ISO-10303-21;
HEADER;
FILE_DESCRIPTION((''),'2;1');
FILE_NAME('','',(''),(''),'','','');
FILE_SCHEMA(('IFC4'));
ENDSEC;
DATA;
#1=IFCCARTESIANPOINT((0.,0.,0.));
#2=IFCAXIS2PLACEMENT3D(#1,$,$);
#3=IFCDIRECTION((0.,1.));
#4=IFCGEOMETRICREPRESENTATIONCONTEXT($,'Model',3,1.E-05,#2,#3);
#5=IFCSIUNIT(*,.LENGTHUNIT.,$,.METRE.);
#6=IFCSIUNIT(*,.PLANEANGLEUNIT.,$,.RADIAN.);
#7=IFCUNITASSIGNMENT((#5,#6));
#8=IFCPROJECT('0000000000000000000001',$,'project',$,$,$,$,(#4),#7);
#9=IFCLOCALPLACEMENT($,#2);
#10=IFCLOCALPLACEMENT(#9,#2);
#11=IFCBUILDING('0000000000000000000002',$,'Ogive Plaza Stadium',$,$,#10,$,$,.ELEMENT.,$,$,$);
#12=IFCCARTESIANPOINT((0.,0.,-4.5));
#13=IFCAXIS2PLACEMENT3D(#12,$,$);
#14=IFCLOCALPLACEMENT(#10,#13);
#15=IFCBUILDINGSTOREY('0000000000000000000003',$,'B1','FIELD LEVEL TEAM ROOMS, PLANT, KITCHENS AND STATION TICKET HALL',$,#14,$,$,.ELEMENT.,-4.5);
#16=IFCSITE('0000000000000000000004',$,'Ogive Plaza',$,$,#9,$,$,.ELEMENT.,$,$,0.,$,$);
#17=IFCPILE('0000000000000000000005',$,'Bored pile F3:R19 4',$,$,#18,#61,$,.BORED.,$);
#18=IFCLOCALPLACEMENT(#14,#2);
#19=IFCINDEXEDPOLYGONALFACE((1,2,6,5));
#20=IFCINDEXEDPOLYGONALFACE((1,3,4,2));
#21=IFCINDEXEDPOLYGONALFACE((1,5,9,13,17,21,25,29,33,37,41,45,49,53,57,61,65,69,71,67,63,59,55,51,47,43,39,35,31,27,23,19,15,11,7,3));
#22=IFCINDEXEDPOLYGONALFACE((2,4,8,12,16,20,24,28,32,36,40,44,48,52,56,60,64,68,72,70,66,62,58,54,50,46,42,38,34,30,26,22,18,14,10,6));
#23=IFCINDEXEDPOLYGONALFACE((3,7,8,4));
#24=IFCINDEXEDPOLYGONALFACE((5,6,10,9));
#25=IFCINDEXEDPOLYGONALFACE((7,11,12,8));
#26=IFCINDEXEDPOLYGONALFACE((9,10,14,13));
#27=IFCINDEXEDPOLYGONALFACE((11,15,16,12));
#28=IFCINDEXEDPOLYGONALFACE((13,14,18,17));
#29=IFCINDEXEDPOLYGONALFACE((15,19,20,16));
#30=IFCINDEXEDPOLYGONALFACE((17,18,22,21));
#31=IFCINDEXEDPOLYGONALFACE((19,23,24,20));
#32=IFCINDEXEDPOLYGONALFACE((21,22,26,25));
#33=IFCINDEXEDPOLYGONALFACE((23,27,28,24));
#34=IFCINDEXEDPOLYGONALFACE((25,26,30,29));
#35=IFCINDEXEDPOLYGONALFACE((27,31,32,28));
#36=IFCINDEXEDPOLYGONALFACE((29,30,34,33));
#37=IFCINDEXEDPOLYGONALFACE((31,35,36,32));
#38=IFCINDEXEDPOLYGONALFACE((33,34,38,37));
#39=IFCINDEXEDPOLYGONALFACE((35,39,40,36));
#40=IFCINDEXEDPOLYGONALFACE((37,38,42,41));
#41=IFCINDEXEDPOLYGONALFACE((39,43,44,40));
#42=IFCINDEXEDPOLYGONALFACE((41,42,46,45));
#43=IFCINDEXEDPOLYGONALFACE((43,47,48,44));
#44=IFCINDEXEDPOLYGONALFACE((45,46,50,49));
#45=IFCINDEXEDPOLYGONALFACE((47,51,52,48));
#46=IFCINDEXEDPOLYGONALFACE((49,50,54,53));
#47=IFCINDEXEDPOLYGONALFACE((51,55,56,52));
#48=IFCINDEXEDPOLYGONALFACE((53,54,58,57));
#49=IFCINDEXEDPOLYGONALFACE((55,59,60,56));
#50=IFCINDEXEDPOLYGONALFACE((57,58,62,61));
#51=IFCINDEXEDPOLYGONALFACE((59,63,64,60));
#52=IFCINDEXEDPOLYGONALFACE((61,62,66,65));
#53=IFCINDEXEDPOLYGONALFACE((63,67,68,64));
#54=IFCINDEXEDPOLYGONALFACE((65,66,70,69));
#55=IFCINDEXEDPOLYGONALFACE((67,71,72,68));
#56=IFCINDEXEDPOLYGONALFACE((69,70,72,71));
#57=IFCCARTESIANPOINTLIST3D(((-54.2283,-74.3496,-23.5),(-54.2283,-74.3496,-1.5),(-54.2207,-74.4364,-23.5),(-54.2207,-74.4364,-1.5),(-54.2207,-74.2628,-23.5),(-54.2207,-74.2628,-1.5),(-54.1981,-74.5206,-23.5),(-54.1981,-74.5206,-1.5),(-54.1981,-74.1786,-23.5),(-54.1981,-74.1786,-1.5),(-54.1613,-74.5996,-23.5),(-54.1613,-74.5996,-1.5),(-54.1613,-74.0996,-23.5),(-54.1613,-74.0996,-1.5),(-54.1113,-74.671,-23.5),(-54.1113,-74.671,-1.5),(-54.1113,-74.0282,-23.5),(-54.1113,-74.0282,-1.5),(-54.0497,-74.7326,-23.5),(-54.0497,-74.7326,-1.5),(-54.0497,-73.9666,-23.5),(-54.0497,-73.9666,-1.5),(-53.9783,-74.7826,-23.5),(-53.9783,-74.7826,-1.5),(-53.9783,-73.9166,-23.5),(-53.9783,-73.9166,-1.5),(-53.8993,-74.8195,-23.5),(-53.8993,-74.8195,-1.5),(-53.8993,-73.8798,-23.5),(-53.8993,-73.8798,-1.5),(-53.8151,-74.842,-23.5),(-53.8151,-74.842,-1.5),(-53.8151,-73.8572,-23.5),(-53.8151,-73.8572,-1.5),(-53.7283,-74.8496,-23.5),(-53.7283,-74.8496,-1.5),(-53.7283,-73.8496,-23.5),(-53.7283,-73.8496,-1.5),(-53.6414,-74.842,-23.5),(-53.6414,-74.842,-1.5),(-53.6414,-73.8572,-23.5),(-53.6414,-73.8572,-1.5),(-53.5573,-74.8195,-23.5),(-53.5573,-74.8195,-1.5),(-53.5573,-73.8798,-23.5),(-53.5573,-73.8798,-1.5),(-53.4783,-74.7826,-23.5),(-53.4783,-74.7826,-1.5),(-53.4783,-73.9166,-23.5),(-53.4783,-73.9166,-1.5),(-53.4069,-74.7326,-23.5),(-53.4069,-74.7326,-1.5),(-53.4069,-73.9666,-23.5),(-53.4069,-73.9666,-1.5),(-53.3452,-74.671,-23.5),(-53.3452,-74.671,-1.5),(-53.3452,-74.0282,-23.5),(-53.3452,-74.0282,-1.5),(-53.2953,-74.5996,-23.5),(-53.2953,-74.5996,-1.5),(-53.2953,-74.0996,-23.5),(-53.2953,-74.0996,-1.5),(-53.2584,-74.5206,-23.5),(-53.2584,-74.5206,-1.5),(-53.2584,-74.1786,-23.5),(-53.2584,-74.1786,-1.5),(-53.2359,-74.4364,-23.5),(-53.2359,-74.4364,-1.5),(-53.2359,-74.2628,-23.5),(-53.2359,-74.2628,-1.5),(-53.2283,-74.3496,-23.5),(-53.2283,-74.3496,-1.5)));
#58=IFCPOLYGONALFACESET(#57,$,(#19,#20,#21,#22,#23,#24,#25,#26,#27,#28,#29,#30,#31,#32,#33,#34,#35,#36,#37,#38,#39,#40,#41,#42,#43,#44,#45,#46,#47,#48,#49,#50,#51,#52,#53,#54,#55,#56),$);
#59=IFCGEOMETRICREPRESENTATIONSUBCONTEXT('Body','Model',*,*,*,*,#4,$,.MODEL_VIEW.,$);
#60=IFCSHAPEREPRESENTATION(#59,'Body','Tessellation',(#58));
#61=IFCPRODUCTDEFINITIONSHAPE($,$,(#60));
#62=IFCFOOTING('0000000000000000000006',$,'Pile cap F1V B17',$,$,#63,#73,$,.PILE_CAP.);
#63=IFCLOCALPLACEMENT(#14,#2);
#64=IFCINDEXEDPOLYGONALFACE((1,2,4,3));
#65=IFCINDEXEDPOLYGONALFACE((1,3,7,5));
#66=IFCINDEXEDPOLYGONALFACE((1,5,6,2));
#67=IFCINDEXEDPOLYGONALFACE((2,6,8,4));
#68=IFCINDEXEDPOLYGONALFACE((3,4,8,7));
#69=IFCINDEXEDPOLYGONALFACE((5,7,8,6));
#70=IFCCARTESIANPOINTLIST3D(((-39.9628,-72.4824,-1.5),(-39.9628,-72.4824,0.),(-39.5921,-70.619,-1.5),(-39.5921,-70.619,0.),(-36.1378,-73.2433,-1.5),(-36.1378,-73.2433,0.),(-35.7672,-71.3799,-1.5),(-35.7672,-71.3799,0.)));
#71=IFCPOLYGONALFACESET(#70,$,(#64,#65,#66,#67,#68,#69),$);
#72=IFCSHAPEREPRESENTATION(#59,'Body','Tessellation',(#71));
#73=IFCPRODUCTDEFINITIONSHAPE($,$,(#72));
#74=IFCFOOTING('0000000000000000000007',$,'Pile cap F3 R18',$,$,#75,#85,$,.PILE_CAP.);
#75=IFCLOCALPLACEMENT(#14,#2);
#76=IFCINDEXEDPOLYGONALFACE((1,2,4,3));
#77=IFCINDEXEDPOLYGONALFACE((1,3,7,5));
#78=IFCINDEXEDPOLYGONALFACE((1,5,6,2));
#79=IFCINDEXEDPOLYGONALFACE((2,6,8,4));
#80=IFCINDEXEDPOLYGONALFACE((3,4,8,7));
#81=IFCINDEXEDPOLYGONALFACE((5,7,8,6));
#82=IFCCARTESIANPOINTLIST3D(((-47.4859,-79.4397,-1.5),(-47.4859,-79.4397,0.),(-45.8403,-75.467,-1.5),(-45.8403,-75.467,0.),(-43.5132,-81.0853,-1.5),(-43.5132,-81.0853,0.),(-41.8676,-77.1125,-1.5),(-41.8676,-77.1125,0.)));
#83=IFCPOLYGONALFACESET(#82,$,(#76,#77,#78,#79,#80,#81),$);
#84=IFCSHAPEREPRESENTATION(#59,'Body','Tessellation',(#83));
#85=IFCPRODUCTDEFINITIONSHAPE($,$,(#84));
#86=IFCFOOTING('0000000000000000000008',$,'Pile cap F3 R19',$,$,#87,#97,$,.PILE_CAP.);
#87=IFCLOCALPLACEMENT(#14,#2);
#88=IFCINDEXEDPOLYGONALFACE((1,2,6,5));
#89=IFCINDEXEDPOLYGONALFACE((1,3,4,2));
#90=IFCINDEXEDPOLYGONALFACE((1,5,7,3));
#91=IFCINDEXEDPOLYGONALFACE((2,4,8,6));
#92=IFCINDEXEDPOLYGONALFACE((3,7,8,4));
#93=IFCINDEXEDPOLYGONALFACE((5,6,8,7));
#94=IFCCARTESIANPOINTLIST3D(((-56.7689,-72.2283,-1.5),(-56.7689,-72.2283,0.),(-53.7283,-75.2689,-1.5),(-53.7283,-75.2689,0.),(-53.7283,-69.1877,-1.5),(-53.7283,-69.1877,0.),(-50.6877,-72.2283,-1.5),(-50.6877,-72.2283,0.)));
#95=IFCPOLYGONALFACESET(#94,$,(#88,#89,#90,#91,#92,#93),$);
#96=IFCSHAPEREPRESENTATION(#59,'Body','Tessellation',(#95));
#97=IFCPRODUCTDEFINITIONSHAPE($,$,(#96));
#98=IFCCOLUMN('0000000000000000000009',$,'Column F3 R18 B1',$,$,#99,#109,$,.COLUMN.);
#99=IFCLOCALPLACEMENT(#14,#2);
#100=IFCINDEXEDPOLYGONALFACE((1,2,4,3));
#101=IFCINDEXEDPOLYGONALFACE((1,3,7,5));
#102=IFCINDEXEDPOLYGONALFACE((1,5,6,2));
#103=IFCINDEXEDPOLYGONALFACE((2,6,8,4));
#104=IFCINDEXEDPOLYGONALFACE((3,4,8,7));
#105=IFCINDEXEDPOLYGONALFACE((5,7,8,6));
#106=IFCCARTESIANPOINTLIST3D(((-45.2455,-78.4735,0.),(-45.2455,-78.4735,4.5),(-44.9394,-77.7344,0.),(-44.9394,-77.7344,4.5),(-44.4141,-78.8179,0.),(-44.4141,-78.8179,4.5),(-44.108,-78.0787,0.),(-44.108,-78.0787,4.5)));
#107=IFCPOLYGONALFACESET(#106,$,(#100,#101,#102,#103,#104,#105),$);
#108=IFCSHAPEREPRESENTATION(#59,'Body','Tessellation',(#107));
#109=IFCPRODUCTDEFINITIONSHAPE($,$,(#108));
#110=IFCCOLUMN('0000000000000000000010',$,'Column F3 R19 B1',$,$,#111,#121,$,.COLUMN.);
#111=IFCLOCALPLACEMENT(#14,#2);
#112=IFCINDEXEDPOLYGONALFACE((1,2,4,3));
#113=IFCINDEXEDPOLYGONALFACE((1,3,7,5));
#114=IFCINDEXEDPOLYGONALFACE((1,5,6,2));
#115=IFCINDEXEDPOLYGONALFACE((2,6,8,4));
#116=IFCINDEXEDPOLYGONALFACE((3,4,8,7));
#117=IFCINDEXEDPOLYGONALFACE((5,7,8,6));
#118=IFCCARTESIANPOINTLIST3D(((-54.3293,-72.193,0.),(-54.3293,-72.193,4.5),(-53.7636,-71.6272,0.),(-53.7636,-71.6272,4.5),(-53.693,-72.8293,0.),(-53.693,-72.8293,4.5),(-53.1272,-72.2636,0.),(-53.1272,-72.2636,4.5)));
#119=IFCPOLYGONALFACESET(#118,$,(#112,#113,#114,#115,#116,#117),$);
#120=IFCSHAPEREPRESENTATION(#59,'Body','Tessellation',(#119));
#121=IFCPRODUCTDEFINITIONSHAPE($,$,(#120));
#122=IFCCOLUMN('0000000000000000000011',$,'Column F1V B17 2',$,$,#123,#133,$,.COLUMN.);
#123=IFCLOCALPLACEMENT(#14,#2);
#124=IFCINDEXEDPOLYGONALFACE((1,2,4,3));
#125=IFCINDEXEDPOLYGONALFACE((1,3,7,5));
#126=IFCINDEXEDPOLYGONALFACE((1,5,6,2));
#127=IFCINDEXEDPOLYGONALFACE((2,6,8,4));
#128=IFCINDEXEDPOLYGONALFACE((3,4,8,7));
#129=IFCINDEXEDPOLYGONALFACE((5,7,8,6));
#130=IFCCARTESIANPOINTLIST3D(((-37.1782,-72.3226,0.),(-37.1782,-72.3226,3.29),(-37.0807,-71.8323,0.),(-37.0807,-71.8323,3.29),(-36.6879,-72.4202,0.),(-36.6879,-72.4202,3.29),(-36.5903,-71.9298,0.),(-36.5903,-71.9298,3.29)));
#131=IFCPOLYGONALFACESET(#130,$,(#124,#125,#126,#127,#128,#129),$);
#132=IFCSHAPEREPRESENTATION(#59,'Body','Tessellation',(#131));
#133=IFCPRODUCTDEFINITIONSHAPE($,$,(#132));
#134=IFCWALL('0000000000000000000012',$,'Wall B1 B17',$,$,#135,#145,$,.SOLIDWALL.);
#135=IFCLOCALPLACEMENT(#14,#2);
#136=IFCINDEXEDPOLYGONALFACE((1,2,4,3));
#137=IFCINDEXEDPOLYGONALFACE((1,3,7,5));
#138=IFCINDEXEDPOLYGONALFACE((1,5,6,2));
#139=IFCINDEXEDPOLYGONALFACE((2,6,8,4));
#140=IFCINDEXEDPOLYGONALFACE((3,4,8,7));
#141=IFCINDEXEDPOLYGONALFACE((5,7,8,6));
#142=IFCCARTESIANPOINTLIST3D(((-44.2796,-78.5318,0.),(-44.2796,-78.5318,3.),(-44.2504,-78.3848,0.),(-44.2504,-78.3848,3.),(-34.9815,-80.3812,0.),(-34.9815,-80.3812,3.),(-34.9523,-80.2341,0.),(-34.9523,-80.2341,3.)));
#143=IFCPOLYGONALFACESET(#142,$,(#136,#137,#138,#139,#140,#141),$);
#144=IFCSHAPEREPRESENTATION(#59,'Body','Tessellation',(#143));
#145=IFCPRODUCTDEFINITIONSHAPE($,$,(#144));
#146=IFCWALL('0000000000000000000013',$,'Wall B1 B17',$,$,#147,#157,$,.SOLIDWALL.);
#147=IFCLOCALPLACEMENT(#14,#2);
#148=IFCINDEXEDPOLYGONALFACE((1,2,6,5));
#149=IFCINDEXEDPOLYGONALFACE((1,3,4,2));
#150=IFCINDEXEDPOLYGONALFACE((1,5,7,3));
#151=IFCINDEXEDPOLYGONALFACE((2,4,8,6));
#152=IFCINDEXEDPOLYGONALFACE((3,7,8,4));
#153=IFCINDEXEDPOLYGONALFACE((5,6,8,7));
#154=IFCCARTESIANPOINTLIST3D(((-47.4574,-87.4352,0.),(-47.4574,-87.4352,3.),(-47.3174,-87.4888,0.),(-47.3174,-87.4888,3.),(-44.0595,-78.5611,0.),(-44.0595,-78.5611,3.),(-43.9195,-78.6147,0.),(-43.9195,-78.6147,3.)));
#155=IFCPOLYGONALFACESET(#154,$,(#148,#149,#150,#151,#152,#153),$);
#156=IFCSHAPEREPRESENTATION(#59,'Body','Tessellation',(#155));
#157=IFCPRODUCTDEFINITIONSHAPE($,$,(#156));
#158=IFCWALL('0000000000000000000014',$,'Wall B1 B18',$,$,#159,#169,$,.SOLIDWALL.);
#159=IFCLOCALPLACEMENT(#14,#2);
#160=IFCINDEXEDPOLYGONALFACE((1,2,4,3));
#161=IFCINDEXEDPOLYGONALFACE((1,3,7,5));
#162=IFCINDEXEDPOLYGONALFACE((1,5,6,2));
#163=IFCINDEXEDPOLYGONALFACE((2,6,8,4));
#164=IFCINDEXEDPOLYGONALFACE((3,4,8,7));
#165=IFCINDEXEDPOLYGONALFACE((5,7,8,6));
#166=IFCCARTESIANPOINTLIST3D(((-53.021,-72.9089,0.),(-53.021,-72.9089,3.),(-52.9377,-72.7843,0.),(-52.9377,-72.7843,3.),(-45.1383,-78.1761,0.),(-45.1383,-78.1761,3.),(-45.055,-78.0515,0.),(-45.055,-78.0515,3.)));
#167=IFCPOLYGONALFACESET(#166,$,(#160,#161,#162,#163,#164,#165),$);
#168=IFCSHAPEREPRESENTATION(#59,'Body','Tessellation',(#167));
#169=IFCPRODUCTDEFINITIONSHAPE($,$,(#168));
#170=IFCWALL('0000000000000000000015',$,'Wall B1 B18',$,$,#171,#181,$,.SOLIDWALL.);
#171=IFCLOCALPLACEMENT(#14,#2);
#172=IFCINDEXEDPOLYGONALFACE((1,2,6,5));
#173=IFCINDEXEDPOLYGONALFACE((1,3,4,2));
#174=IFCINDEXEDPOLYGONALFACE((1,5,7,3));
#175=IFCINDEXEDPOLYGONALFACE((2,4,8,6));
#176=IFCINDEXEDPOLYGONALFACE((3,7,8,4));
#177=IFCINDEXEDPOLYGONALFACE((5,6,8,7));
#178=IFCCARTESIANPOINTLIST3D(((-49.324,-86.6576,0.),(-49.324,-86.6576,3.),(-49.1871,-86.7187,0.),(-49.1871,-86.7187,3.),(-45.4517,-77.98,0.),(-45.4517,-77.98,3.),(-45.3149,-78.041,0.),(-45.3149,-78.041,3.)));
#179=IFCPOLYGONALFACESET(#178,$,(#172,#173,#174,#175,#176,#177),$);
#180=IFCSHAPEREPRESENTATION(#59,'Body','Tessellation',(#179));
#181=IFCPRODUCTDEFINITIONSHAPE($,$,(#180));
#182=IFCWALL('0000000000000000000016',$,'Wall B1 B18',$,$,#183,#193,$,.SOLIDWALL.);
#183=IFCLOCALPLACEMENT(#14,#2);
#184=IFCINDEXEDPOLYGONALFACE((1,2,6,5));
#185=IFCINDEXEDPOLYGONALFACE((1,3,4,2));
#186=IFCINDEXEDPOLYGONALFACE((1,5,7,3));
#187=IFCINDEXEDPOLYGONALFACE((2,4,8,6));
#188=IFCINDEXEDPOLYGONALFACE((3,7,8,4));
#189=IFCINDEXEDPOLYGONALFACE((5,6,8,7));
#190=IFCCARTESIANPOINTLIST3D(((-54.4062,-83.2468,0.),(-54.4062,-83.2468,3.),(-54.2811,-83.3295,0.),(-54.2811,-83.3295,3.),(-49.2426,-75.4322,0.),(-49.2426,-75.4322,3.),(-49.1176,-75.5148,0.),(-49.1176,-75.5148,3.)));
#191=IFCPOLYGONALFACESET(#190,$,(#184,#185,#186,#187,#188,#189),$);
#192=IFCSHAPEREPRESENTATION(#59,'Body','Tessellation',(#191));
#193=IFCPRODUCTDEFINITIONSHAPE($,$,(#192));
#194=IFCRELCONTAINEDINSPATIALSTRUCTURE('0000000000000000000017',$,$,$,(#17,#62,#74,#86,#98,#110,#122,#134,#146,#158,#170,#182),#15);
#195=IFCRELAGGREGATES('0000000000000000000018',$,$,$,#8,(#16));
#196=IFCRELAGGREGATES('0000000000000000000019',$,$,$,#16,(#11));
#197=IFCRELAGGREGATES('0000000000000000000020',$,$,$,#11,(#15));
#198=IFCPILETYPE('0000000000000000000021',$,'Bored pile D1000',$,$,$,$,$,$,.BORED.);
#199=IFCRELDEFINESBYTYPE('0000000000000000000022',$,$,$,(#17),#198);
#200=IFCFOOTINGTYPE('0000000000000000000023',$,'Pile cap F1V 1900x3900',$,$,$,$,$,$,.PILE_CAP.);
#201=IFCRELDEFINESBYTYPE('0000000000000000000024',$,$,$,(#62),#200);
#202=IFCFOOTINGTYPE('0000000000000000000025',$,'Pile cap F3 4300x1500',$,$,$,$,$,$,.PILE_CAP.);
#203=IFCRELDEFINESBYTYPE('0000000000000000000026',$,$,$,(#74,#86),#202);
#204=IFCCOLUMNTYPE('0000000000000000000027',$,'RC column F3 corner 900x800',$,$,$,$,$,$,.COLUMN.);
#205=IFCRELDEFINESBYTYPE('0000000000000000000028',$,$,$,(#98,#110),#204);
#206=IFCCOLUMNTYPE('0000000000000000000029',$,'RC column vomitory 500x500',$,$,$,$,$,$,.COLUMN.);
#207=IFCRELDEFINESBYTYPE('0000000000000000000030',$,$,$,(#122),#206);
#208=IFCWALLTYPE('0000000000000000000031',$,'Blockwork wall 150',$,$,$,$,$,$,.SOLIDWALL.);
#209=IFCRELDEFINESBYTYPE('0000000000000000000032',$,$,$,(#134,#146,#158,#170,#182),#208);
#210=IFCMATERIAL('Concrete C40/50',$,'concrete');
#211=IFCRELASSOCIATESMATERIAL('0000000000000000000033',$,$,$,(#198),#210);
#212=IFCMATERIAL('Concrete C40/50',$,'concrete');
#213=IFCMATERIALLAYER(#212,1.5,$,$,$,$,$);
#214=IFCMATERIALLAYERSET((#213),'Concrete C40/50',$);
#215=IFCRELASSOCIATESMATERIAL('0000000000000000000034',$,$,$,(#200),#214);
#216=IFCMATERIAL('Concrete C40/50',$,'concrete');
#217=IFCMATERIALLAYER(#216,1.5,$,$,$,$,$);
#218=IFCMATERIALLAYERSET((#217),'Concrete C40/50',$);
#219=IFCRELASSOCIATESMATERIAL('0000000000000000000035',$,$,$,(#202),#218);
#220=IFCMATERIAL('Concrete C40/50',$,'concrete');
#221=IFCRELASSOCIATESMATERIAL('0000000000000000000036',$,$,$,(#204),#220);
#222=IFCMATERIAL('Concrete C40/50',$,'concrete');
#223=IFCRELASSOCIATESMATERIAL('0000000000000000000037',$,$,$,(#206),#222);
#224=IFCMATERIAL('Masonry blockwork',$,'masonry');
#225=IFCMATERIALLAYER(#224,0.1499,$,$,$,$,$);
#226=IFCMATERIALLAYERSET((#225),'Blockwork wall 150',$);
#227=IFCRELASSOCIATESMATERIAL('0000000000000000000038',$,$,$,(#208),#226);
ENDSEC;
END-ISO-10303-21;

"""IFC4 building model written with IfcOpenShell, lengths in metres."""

from ifc_helpers import new_model, si_unit, direction, frame, frame_2d, origin, origin_2d, place, context, subcontext, project, spatial, rectangle, circle, extrude, material, layer, layer_set, material_profile, profile_set, type_object, element, save


model = new_model("IFC4")

# Units and contexts
model_context = context("Model", 3, precision=1e-05, world=origin(), true_north=direction((0.0, 1.0)))
body_context = subcontext(model_context, "Body", "Model", "MODEL_VIEW")
ifc_project = project(units=[si_unit("LENGTHUNIT", "METRE"), si_unit("PLANEANGLEUNIT", "RADIAN")], contexts=[model_context])

# Site, building, storey
site_placement = place(None, origin())
site = spatial("IfcSite", under=ifc_project, at=site_placement, Name="Ogive Plaza", CompositionType="ELEMENT", RefElevation=0.0)
building_placement = place(site_placement, origin())
building = spatial("IfcBuilding", under=site, at=building_placement, Name="Ogive Plaza Stadium", CompositionType="ELEMENT")
storey_placement = place(building_placement, frame((0.0, 0.0, -4.5)))
storey = spatial("IfcBuildingStorey", under=building, at=storey_placement, Name="B1", Description="FIELD LEVEL TEAM ROOMS, PLANT, KITCHENS AND STATION TICKET HALL", CompositionType="ELEMENT", Elevation=-4.5)

# Pile
ifc_material_1 = material(Name="Concrete C40/50", Category="concrete")
ifc_material_profile_1 = material_profile(ifc_material_1, circle(Radius=0.5, at=origin_2d()), Name="RC D1000")
ifc_profile_set_1 = profile_set([ifc_material_profile_1], Name="Concrete C40/50")
pile_type = type_object("IfcPileType", Name="Bored pile D1000", PredefinedType="BORED", material=ifc_profile_set_1)
for number, where, z_axis, x_axis, name in (
    (1, (-53.7283, -74.3496, -1.5), (0.0, 0.0, -1.0), (1.0, 0.0, 0.0), "Bored pile F3:R19 4"),
):
    element("IfcPile", number, at=place(storey_placement, frame(where, z_axis=z_axis, x_axis=x_axis)), inside=storey, type_object=pile_type, Name=name, PredefinedType="BORED", context=body_context, shape_type="SweptSolid", body=[
        extrude(circle(Radius=0.5, at=origin_2d()), origin(), (0.0, 0.0, 1.0), 22.0),
    ])

# Footings
ifc_material_2 = material(Name="Concrete C40/50", Category="concrete")
ifc_layer_1 = layer(ifc_material_2, 1.5)
ifc_layer_set_1 = layer_set([ifc_layer_1], Name="Concrete C40/50")
footing_type_1 = type_object("IfcFootingType", Name="Pile cap F1V 1900x3900", PredefinedType="PILE_CAP", material=ifc_layer_set_1)
footing_placement = place(storey_placement, frame((-37.865, -71.9312, -1.5), z_axis=(0.0, 0.0, 1.0), x_axis=(-0.19509, -0.980785, 0.0)))
element("IfcFooting", 2, at=footing_placement, inside=storey, type_object=footing_type_1, Name="Pile cap F1V B17", PredefinedType="PILE_CAP", context=body_context, shape_type="SweptSolid", body=[
    extrude(rectangle(XDim=1.8999, YDim=3.8999, at=origin_2d()), origin(), (0.0, 0.0, 1.0), 1.5),
])
ifc_material_3 = material(Name="Concrete C40/50", Category="concrete")
ifc_layer_2 = layer(ifc_material_3, 1.5)
ifc_layer_set_2 = layer_set([ifc_layer_2], Name="Concrete C40/50")
footing_type_2 = type_object("IfcFootingType", Name="Pile cap F3 4300x1500", PredefinedType="PILE_CAP", material=ifc_layer_set_2)
for number, where, z_axis, x_axis, name in (
    (3, (-44.6768, -78.2761, -1.5), (0.0, 0.0, 1.0), (-0.382683, -0.92388, 0.0), "Pile cap F3 R18"),
    (4, (-53.7283, -72.2283, -1.5), (0.0, 0.0, 1.0), (-0.707107, -0.707107, 0.0), "Pile cap F3 R19"),
):
    element("IfcFooting", number, at=place(storey_placement, frame(where, z_axis=z_axis, x_axis=x_axis)), inside=storey, type_object=footing_type_2, Name=name, PredefinedType="PILE_CAP", context=body_context, shape_type="SweptSolid", body=[
        extrude(rectangle(XDim=4.3, YDim=4.3, at=origin_2d()), origin(), (0.0, 0.0, 1.0), 1.5),
    ])

# Columns
ifc_material_4 = material(Name="Concrete C40/50", Category="concrete")
ifc_material_profile_2 = material_profile(ifc_material_4, rectangle(XDim=0.8999, YDim=0.8, at=origin_2d()), Name="RC 900x800")
ifc_profile_set_2 = profile_set([ifc_material_profile_2], Name="Concrete C40/50")
column_type_1 = type_object("IfcColumnType", Name="RC column F3 corner 900x800", PredefinedType="COLUMN", material=ifc_profile_set_2)
for number, where, z_axis, x_axis, name in (
    (5, (-44.6768, -78.2761, 0.0), (0.0, 0.0, 1.0), (0.92388, -0.382683, 0.0), "Column F3 R18 B1"),
    (6, (-53.7283, -72.2283, 0.0), (0.0, 0.0, 1.0), (0.707107, -0.707107, 0.0), "Column F3 R19 B1"),
):
    element("IfcColumn", number, at=place(storey_placement, frame(where, z_axis=z_axis, x_axis=x_axis)), inside=storey, type_object=column_type_1, Name=name, PredefinedType="COLUMN", context=body_context, shape_type="SweptSolid", body=[
        extrude(rectangle(XDim=0.8999, YDim=0.8, at=origin_2d()), origin(), (0.0, 0.0, 1.0), 4.5),
    ])
ifc_material_5 = material(Name="Concrete C40/50", Category="concrete")
ifc_material_profile_3 = material_profile(ifc_material_5, rectangle(XDim=0.5, YDim=0.5, at=origin_2d()), Name="RC 500x500")
ifc_profile_set_3 = profile_set([ifc_material_profile_3], Name="Concrete C40/50")
column_type_2 = type_object("IfcColumnType", Name="RC column vomitory 500x500", PredefinedType="COLUMN", material=ifc_profile_set_3)
column_placement = place(storey_placement, frame((-36.8843, -72.1262, 0.0), z_axis=(0.0, 0.0, 1.0), x_axis=(0.980785, -0.19509, 0.0)))
element("IfcColumn", 7, at=column_placement, inside=storey, type_object=column_type_2, Name="Column F1V B17 2", PredefinedType="COLUMN", context=body_context, shape_type="SweptSolid", body=[
    extrude(rectangle(XDim=0.5, YDim=0.5, at=origin_2d()), origin(), (0.0, 0.0, 1.0), 3.29),
])

# Walls
ifc_material_6 = material(Name="Masonry blockwork", Category="masonry")
ifc_layer_3 = layer(ifc_material_6, 0.1499)
ifc_layer_set_3 = layer_set([ifc_layer_3], Name="Blockwork wall 150")
wall_type = type_object("IfcWallType", Name="Blockwork wall 150", PredefinedType="SOLIDWALL", material=ifc_layer_set_3)
wall_1_placement = place(storey_placement, frame((-44.2651, -78.4583, 0.0), z_axis=(0.0, 0.0, 1.0), x_axis=(0.980788, -0.195076, 0.0)))
element("IfcWall", 8, at=wall_1_placement, inside=storey, type_object=wall_type, Name="Wall B1 B17", PredefinedType="SOLIDWALL", context=body_context, shape_type="SweptSolid", body=[
    extrude(rectangle(XDim=9.4802, YDim=0.1499, at=frame_2d((4.7402, 0.0))), origin(), (0.0, 0.0, 1.0), 3.0),
])
wall_2_placement = place(storey_placement, frame((-43.9895, -78.5879, 0.0), z_axis=(0.0, 0.0, 1.0), x_axis=(-0.357582, -0.933882, 0.0)))
element("IfcWall", 9, at=wall_2_placement, inside=storey, type_object=wall_type, Name="Wall B1 B17", PredefinedType="SOLIDWALL", context=body_context, shape_type="SweptSolid", body=[
    extrude(rectangle(XDim=9.5024, YDim=0.1499, at=frame_2d((4.7512, 0.0))), origin(), (0.0, 0.0, 1.0), 3.0),
])
wall_3_placement = place(storey_placement, frame((-45.0967, -78.1138, 0.0), z_axis=(0.0, 0.0, 1.0), x_axis=(-0.831463, 0.555579, 0.0)))
element("IfcWall", 10, at=wall_3_placement, inside=storey, type_object=wall_type, Name="Wall B1 B18", PredefinedType="SOLIDWALL", context=body_context, shape_type="SweptSolid", body=[
    extrude(rectangle(XDim=9.4805, YDim=0.1499, at=frame_2d((4.7402, 0.0))), origin(), (0.0, 0.0, 1.0), 3.0),
])
wall_4_placement = place(storey_placement, frame((-45.3833, -78.0105, 0.0), z_axis=(0.0, 0.0, 1.0), x_axis=(-0.407504, -0.913203, 0.0)))
element("IfcWall", 11, at=wall_4_placement, inside=storey, type_object=wall_type, Name="Wall B1 B18", PredefinedType="SOLIDWALL", context=body_context, shape_type="SweptSolid", body=[
    extrude(rectangle(XDim=9.5024, YDim=0.1499, at=frame_2d((4.7512, 0.0))), origin(), (0.0, 0.0, 1.0), 3.0),
])
wall_5_placement = place(storey_placement, frame((-49.1802, -75.4736, 0.0), z_axis=(0.0, 0.0, 1.0), x_axis=(-0.551279, -0.834321, 0.0)))
element("IfcWall", 12, at=wall_5_placement, inside=storey, type_object=wall_type, Name="Wall B1 B18", PredefinedType="SOLIDWALL", context=body_context, shape_type="SweptSolid", body=[
    extrude(rectangle(XDim=9.3665, YDim=0.1499, at=frame_2d((4.6831, 0.0))), origin(), (0.0, 0.0, 1.0), 3.0),
])

save(model, "model.ifc")
